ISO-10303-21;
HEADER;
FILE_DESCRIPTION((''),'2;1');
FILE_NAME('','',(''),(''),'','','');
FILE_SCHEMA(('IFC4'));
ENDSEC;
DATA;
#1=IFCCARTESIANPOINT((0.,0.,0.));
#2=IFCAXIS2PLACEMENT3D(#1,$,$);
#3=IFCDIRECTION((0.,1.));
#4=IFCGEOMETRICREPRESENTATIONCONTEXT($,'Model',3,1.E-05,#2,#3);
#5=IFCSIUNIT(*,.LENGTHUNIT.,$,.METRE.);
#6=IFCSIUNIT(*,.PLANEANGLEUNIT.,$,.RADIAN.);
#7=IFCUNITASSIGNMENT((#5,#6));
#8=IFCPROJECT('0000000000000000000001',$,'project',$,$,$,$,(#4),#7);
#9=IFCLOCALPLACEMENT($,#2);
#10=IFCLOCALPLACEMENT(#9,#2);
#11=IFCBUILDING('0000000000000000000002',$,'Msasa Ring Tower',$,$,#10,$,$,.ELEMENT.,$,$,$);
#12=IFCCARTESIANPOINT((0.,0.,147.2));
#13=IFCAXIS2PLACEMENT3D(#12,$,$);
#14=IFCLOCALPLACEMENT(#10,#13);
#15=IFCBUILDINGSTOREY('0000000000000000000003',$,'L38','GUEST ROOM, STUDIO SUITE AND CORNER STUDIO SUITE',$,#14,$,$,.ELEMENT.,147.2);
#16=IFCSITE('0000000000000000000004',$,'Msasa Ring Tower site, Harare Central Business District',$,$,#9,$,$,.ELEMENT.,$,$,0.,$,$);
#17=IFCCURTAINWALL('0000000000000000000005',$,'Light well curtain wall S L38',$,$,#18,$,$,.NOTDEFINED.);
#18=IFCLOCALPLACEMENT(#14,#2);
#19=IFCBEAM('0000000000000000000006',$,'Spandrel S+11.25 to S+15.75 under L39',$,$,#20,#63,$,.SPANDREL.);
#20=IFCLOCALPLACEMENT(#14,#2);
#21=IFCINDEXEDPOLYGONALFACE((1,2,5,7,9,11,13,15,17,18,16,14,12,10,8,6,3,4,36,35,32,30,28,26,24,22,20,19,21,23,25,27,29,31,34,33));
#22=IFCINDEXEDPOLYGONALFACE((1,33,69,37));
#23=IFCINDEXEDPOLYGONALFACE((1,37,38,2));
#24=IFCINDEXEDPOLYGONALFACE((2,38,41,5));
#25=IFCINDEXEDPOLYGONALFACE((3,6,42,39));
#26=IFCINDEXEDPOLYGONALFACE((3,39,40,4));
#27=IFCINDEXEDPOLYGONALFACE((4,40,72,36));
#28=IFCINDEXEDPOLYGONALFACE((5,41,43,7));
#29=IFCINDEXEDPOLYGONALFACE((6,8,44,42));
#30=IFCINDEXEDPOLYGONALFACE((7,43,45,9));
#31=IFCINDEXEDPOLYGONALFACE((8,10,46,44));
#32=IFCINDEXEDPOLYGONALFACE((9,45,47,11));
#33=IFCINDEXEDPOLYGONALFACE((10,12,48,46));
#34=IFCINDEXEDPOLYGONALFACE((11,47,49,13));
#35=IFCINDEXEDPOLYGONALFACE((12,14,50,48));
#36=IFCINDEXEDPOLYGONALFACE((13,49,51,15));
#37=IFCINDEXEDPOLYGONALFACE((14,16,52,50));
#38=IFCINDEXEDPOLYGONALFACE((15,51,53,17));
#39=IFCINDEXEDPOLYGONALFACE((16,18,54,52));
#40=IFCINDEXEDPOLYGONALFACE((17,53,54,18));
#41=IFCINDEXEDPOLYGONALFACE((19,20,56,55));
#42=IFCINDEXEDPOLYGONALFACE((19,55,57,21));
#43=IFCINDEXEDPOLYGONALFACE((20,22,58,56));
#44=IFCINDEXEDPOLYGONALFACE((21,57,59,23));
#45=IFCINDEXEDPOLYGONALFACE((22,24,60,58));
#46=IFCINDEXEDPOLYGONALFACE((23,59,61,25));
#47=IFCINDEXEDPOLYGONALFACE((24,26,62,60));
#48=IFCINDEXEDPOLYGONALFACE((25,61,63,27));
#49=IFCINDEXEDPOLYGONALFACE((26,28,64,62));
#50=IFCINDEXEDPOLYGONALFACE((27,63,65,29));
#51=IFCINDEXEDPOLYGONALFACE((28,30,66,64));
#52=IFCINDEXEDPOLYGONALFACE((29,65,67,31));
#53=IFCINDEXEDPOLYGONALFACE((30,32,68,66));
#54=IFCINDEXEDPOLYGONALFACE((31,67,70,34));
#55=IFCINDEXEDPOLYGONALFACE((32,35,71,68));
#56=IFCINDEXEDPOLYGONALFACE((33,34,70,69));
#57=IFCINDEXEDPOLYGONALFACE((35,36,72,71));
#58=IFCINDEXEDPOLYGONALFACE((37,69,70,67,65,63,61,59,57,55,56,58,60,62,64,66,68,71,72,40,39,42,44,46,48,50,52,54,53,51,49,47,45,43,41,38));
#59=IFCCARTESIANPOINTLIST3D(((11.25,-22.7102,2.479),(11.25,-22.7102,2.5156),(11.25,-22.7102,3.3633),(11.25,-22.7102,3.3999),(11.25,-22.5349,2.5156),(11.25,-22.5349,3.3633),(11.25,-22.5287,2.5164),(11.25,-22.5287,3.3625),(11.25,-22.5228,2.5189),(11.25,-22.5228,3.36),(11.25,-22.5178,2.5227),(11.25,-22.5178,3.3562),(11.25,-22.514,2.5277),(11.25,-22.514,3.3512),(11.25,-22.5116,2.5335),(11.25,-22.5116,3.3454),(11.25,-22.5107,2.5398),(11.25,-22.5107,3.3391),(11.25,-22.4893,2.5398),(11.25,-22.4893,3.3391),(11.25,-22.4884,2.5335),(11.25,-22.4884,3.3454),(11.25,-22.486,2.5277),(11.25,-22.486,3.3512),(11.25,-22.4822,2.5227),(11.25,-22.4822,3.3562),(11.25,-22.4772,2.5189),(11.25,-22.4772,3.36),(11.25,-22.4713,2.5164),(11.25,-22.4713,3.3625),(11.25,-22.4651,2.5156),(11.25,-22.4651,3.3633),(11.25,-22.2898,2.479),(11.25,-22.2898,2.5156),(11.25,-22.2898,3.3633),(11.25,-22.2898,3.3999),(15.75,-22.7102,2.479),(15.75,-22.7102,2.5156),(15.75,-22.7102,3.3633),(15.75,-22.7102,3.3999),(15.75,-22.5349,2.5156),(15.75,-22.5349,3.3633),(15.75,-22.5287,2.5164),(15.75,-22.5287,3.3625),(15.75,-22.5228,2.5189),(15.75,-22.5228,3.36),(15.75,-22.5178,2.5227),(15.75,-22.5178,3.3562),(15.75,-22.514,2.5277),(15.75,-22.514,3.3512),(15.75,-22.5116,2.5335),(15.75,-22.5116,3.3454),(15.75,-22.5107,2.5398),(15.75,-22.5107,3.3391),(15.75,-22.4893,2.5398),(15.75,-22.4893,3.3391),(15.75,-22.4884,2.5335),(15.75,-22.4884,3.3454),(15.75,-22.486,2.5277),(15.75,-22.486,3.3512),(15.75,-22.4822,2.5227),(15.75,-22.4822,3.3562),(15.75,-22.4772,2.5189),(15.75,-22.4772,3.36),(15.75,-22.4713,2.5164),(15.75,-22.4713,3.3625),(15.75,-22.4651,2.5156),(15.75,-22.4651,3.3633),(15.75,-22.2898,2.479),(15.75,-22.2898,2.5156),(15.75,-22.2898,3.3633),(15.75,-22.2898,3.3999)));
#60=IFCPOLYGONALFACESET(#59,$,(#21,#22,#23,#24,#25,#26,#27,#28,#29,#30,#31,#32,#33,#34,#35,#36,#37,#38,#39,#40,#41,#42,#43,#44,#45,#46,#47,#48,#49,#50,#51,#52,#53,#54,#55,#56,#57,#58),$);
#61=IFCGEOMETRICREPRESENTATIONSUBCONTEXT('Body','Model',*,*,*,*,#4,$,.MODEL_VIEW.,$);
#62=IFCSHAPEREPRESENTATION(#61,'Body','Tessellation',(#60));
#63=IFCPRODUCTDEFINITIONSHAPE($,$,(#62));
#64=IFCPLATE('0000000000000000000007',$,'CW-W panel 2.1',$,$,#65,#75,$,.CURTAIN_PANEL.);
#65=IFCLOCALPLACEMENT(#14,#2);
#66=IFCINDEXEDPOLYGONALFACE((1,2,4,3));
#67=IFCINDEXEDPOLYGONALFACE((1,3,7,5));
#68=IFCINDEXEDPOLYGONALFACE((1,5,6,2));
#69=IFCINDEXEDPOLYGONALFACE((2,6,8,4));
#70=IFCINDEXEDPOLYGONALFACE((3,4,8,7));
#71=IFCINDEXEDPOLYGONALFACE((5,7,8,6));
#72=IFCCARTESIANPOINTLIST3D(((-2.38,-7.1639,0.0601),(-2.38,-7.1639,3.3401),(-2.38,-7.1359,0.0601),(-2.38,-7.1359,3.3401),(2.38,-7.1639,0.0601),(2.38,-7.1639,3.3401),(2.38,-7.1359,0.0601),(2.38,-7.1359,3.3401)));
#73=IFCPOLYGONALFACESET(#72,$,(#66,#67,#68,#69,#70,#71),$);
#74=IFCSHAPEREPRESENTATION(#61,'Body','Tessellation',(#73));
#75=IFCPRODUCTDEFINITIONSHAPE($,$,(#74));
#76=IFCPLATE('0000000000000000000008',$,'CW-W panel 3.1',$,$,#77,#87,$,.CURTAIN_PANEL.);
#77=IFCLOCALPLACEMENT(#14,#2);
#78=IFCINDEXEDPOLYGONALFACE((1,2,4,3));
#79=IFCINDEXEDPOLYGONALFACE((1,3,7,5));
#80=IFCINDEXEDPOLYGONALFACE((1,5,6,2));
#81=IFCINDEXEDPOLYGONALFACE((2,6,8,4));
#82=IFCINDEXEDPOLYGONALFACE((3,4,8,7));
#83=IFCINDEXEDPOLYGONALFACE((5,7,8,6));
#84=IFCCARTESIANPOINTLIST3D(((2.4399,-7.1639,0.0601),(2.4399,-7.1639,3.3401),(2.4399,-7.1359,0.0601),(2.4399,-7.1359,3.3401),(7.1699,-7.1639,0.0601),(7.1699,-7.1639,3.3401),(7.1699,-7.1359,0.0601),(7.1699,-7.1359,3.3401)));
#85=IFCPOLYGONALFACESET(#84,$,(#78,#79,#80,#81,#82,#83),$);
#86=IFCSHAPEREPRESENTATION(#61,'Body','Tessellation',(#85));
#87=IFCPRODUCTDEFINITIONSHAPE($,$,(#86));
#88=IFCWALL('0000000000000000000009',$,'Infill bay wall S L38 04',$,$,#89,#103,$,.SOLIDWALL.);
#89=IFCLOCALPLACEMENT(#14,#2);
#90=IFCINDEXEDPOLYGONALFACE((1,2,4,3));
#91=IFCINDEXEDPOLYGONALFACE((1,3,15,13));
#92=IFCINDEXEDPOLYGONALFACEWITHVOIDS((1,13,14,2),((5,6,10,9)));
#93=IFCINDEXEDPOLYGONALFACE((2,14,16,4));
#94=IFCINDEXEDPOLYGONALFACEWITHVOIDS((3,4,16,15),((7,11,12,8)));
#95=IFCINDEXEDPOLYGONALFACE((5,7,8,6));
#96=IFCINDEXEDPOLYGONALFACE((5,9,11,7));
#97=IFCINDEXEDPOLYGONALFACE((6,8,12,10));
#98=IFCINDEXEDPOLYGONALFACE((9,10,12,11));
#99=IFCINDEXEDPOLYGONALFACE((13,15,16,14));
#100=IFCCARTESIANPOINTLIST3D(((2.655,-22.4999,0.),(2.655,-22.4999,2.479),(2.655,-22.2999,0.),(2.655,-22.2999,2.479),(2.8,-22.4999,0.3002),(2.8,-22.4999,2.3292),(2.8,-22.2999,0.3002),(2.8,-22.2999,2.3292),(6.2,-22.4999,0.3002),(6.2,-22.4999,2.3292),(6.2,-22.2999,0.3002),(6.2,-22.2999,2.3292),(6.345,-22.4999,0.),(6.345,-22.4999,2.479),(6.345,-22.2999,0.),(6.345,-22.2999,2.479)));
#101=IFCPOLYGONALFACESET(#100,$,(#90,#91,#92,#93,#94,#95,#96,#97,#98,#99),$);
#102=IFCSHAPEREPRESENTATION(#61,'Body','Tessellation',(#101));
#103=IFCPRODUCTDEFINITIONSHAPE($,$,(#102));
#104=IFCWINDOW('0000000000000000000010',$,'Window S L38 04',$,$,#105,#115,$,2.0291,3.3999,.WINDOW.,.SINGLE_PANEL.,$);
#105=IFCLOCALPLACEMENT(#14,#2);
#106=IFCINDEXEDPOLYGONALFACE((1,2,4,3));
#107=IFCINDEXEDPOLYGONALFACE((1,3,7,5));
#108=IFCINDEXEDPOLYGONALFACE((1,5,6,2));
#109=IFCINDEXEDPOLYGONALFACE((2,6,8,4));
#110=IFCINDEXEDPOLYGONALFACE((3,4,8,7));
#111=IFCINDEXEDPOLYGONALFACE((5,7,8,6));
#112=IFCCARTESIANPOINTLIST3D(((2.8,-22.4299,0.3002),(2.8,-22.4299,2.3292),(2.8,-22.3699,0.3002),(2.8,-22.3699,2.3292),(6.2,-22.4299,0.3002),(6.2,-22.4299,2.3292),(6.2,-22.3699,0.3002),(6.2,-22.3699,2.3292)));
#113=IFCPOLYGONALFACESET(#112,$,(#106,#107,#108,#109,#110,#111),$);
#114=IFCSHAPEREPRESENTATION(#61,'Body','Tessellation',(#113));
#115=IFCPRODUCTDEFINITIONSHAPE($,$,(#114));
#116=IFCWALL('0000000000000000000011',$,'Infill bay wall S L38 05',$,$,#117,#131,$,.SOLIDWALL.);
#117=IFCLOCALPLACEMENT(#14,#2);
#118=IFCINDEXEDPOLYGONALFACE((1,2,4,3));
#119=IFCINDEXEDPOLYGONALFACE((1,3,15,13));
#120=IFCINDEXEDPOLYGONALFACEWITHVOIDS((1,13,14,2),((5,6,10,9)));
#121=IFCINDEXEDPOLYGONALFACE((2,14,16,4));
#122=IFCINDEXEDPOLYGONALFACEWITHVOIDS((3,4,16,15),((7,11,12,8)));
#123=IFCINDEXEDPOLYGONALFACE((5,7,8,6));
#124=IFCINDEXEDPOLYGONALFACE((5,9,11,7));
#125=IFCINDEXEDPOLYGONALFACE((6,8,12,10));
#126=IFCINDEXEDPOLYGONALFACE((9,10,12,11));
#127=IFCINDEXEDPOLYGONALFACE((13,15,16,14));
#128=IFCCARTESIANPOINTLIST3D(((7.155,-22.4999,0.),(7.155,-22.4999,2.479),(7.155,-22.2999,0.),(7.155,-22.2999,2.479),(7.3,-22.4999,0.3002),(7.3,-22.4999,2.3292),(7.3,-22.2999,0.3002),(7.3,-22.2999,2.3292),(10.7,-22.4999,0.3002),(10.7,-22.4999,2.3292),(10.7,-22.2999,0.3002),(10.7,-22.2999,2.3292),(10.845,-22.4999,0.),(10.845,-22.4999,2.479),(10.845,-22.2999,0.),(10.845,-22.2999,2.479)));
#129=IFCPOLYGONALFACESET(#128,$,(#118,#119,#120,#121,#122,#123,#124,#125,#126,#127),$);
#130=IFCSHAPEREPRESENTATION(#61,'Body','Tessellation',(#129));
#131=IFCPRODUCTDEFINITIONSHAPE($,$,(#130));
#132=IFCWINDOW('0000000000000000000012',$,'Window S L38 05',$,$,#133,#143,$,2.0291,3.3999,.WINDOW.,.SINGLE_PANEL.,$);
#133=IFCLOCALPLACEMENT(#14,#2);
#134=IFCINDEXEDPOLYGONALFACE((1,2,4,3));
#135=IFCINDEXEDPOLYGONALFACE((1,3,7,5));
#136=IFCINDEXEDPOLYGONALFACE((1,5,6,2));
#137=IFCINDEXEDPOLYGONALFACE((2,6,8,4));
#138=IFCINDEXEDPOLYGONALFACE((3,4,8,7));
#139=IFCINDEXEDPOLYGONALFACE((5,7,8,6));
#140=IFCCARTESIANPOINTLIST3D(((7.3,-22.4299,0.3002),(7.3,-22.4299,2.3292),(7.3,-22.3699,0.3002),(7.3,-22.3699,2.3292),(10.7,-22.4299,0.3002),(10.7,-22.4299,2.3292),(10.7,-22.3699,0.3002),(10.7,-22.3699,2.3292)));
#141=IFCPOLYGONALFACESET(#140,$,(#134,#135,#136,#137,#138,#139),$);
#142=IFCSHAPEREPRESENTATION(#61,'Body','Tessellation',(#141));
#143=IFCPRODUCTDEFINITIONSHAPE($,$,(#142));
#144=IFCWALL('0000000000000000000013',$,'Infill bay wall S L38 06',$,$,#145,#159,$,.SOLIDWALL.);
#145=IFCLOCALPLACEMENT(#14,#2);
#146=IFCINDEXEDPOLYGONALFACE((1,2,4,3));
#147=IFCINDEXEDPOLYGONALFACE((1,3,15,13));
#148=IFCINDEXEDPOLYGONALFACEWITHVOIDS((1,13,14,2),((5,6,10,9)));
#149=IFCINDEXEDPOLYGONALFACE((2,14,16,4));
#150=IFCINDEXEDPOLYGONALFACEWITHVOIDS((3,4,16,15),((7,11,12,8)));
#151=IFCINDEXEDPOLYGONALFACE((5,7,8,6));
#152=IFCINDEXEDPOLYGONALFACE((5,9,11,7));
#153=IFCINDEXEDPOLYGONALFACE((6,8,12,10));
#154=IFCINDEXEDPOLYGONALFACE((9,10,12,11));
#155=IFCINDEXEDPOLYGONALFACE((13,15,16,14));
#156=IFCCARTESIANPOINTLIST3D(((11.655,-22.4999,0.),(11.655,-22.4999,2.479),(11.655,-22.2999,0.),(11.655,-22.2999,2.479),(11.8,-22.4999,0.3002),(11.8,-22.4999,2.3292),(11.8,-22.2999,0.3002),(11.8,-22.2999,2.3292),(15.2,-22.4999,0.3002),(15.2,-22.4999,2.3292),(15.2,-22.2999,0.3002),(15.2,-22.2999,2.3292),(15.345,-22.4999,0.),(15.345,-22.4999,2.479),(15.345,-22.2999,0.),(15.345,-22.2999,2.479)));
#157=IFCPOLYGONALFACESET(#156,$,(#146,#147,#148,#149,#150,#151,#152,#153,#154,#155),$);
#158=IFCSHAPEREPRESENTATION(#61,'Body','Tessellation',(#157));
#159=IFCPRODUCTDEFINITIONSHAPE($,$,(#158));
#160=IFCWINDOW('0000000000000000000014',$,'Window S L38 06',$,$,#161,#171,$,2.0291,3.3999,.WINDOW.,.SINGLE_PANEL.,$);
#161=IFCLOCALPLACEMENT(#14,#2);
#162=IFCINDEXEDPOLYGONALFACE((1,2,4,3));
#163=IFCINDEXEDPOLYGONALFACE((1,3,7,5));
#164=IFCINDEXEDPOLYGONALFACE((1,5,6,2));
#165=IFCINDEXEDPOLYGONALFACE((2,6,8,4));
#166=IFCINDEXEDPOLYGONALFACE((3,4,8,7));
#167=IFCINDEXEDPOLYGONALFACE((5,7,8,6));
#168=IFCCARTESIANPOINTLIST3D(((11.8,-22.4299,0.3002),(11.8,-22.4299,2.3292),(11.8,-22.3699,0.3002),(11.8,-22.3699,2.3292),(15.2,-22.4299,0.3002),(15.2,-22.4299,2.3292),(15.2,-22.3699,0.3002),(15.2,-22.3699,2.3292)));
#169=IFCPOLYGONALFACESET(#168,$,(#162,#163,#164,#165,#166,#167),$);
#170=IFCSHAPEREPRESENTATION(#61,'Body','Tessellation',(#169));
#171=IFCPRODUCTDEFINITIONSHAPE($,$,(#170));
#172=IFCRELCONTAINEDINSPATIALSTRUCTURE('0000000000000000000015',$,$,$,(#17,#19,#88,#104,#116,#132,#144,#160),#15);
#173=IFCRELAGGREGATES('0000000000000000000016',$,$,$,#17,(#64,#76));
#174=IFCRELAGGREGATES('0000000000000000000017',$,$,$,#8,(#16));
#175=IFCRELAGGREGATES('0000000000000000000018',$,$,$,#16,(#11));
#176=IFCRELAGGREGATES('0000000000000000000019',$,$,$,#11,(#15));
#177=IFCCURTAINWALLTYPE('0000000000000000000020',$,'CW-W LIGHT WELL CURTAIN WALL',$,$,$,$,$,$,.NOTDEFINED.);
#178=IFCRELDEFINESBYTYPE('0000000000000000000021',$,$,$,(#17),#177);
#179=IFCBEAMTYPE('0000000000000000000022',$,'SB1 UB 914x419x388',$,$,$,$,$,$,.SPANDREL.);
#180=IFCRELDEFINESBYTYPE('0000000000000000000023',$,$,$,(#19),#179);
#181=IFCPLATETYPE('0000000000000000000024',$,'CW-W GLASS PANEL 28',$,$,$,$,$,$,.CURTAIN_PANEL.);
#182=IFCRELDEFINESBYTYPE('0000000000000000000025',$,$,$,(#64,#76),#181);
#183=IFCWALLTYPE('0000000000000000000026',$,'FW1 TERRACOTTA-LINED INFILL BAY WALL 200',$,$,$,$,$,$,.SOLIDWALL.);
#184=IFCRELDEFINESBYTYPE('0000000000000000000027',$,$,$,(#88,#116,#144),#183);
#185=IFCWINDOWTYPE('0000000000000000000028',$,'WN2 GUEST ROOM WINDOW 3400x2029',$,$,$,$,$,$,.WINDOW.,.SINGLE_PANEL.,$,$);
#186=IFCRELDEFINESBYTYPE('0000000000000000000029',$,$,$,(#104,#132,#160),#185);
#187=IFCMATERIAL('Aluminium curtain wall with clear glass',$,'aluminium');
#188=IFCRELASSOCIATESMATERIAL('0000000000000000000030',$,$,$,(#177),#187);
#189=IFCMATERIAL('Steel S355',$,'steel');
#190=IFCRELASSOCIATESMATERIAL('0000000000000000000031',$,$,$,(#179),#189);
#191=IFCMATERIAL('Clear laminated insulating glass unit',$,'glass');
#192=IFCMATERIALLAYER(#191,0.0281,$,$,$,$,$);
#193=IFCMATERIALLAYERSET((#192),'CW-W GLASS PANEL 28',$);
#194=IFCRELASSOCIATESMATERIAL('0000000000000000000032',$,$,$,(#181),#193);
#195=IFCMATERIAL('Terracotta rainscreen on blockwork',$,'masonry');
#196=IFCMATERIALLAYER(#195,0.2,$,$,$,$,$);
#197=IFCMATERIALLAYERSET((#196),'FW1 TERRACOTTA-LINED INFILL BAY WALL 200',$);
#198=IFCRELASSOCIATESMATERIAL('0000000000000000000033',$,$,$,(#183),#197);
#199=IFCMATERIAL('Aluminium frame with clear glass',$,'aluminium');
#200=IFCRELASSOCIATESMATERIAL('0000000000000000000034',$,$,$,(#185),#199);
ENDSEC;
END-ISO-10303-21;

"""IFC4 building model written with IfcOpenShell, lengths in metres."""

from ifc_helpers import new_model, si_unit, direction, frame, frame_2d, origin, origin_2d, place, context, subcontext, project, spatial, rectangle, i_section, extrude, material, layer, layer_set, material_profile, profile_set, type_object, element, fill, aggregate, save


model = new_model("IFC4")

# Units and contexts
model_context = context("Model", 3, precision=1e-05, world=origin(), true_north=direction((0.0, 1.0)))
body_context = subcontext(model_context, "Body", "Model", "MODEL_VIEW")
ifc_project = project(units=[si_unit("LENGTHUNIT", "METRE"), si_unit("PLANEANGLEUNIT", "RADIAN")], contexts=[model_context])

# Site, building, storey
site_placement = place(None, origin())
site = spatial("IfcSite", under=ifc_project, at=site_placement, Name="Msasa Ring Tower site, Harare Central Business District", CompositionType="ELEMENT", RefElevation=0.0)
building_placement = place(site_placement, origin())
building = spatial("IfcBuilding", under=site, at=building_placement, Name="Msasa Ring Tower", CompositionType="ELEMENT")
storey_placement = place(building_placement, frame((0.0, 0.0, 147.2)))
storey = spatial("IfcBuildingStorey", under=building, at=storey_placement, Name="L38", Description="GUEST ROOM, STUDIO SUITE AND CORNER STUDIO SUITE", CompositionType="ELEMENT", Elevation=147.2)

# Curtain wall
ifc_material_1 = material(Name="Aluminium curtain wall with clear glass", Category="aluminium")
curtain_wall_type = type_object("IfcCurtainWallType", Name="CW-W LIGHT WELL CURTAIN WALL", PredefinedType="NOTDEFINED", material=ifc_material_1)
curtain_wall_1_placement = place(storey_placement, origin())
curtain_wall_1 = element("IfcCurtainWall", 1, at=curtain_wall_1_placement, inside=storey, type_object=curtain_wall_type, Name="Light well curtain wall S L38", PredefinedType="NOTDEFINED")

# Beam
ifc_material_2 = material(Name="Steel S355", Category="steel")
ifc_material_profile_1 = material_profile(ifc_material_2, i_section(OverallWidth=0.4204, OverallDepth=0.9209, WebThickness=0.0215, FlangeThickness=0.0366, FilletRadius=0.0242, at=origin_2d()), Name="UB 914x419x388")
ifc_profile_set_1 = profile_set([ifc_material_profile_1], Name="Steel S355")
beam_type_1 = type_object("IfcBeamType", Name="SB1 UB 914x419x388", PredefinedType="SPANDREL", material=ifc_profile_set_1)
for number, where, z_axis, x_axis, name in (
    (2, (11.25, -22.5, 2.9395), (1.0, 0.0, 0.0), (0.0, 1.0, 0.0), "Spandrel S+11.25 to S+15.75 under L39"),
):
    element("IfcBeam", number, at=place(storey_placement, frame(where, z_axis=z_axis, x_axis=x_axis)), inside=storey, type_object=beam_type_1, Name=name, PredefinedType="SPANDREL", context=body_context, shape_type="SweptSolid", body=[
        extrude(i_section(OverallWidth=0.4204, OverallDepth=0.9209, WebThickness=0.0215, FlangeThickness=0.0366, FilletRadius=0.0242, at=origin_2d()), origin(), (0.0, 0.0, 1.0), 4.5),
    ])

# Plates
ifc_material_3 = material(Name="Clear laminated insulating glass unit", Category="glass")
ifc_layer_1 = layer(ifc_material_3, 0.0281)
ifc_layer_set_1 = layer_set([ifc_layer_1], Name="CW-W GLASS PANEL 28")
plate_type = type_object("IfcPlateType", Name="CW-W GLASS PANEL 28", PredefinedType="CURTAIN_PANEL", material=ifc_layer_set_1)
plate_1_placement = place(storey_placement, frame((0.0, -7.1499, 0.0601), z_axis=(0.0, 0.0, 1.0), x_axis=(1.0, 0.0, 0.0)))
plate_1 = element("IfcPlate", 3, at=plate_1_placement, type_object=plate_type, Name="CW-W panel 2.1", PredefinedType="CURTAIN_PANEL", context=body_context, shape_type="SweptSolid", body=[
    extrude(rectangle(XDim=4.76, YDim=0.0281, at=origin_2d()), origin(), (0.0, 0.0, 1.0), 3.28),
])
plate_2_placement = place(storey_placement, frame((4.8049, -7.1499, 0.0601), z_axis=(0.0, 0.0, 1.0), x_axis=(1.0, 0.0, 0.0)))
plate_2 = element("IfcPlate", 4, at=plate_2_placement, type_object=plate_type, Name="CW-W panel 3.1", PredefinedType="CURTAIN_PANEL", context=body_context, shape_type="SweptSolid", body=[
    extrude(rectangle(XDim=4.73, YDim=0.0281, at=origin_2d()), origin(), (0.0, 0.0, 1.0), 3.28),
])
aggregate(curtain_wall_1, [plate_1, plate_2])

# Walls, openings, windows
ifc_material_4 = material(Name="Terracotta rainscreen on blockwork", Category="masonry")
ifc_layer_2 = layer(ifc_material_4, 0.2)
ifc_layer_set_2 = layer_set([ifc_layer_2], Name="FW1 TERRACOTTA-LINED INFILL BAY WALL 200")
wall_type_1 = type_object("IfcWallType", Name="FW1 TERRACOTTA-LINED INFILL BAY WALL 200", PredefinedType="SOLIDWALL", material=ifc_layer_set_2)
wall_1_placement = place(storey_placement, frame((2.655, -22.3999, 0.0), z_axis=(0.0, 0.0, 1.0), x_axis=(1.0, 0.0, 0.0)))
wall_1 = element("IfcWall", 5, at=wall_1_placement, inside=storey, type_object=wall_type_1, Name="Infill bay wall S L38 04", PredefinedType="SOLIDWALL", context=body_context, shape_type="SweptSolid", body=[
    extrude(rectangle(XDim=3.6899, YDim=0.2, at=frame_2d((1.845, 0.0))), origin(), (0.0, 0.0, 1.0), 2.479),
])
opening_1_placement = place(wall_1_placement, frame((0.145, 0.0, 0.3)))
opening_1 = element("IfcOpeningElement", 6, at=opening_1_placement, cuts=wall_1, PredefinedType="OPENING", context=body_context, shape_type="SweptSolid", body=[
    extrude(rectangle(XDim=3.3999, YDim=2.0291, at=frame_2d((1.7, 1.0146))), frame((0.0, 0.1099, 0.0), z_axis=(0.0, -1.0, 0.0), x_axis=(1.0, 0.0, 0.0)), (0.0, 0.0, 1.0), 0.22),
])
ifc_material_5 = material(Name="Aluminium frame with clear glass", Category="aluminium")
window_type = type_object("IfcWindowType", Name="WN2 GUEST ROOM WINDOW 3400x2029", PartitioningType="SINGLE_PANEL", PredefinedType="WINDOW", material=ifc_material_5)
window_1_placement = place(opening_1_placement, origin())
window_1 = element("IfcWindow", 7, at=window_1_placement, inside=storey, type_object=window_type, Name="Window S L38 04", OverallHeight=2.0291, OverallWidth=3.3999, PartitioningType="SINGLE_PANEL", PredefinedType="WINDOW", context=body_context, shape_type="SweptSolid", body=[
    extrude(rectangle(XDim=3.3999, YDim=2.0291, at=frame_2d((1.7, 1.0146))), frame((0.0, 0.03, 0.0), z_axis=(0.0, -1.0, 0.0), x_axis=(1.0, 0.0, 0.0)), (0.0, 0.0, 1.0), 0.0601),
])
fill(opening_1, window_1)
wall_2_placement = place(storey_placement, frame((7.155, -22.3999, 0.0), z_axis=(0.0, 0.0, 1.0), x_axis=(1.0, 0.0, 0.0)))
wall_2 = element("IfcWall", 8, at=wall_2_placement, inside=storey, type_object=wall_type_1, Name="Infill bay wall S L38 05", PredefinedType="SOLIDWALL", context=body_context, shape_type="SweptSolid", body=[
    extrude(rectangle(XDim=3.6899, YDim=0.2, at=frame_2d((1.845, 0.0))), origin(), (0.0, 0.0, 1.0), 2.479),
])
opening_2_placement = place(wall_2_placement, frame((0.145, 0.0, 0.3)))
opening_2 = element("IfcOpeningElement", 9, at=opening_2_placement, cuts=wall_2, PredefinedType="OPENING", context=body_context, shape_type="SweptSolid", body=[
    extrude(rectangle(XDim=3.3999, YDim=2.0291, at=frame_2d((1.7, 1.0146))), frame((0.0, 0.1099, 0.0), z_axis=(0.0, -1.0, 0.0), x_axis=(1.0, 0.0, 0.0)), (0.0, 0.0, 1.0), 0.22),
])
window_2_placement = place(opening_2_placement, origin())
window_2 = element("IfcWindow", 10, at=window_2_placement, inside=storey, type_object=window_type, Name="Window S L38 05", OverallHeight=2.0291, OverallWidth=3.3999, PartitioningType="SINGLE_PANEL", PredefinedType="WINDOW", context=body_context, shape_type="SweptSolid", body=[
    extrude(rectangle(XDim=3.3999, YDim=2.0291, at=frame_2d((1.7, 1.0146))), frame((0.0, 0.03, 0.0), z_axis=(0.0, -1.0, 0.0), x_axis=(1.0, 0.0, 0.0)), (0.0, 0.0, 1.0), 0.0601),
])
fill(opening_2, window_2)
wall_3_placement = place(storey_placement, frame((11.655, -22.3999, 0.0), z_axis=(0.0, 0.0, 1.0), x_axis=(1.0, 0.0, 0.0)))
wall_3 = element("IfcWall", 11, at=wall_3_placement, inside=storey, type_object=wall_type_1, Name="Infill bay wall S L38 06", PredefinedType="SOLIDWALL", context=body_context, shape_type="SweptSolid", body=[
    extrude(rectangle(XDim=3.6899, YDim=0.2, at=frame_2d((1.845, 0.0))), origin(), (0.0, 0.0, 1.0), 2.479),
])
opening_3_placement = place(wall_3_placement, frame((0.145, 0.0, 0.3)))
opening_3 = element("IfcOpeningElement", 12, at=opening_3_placement, cuts=wall_3, PredefinedType="OPENING", context=body_context, shape_type="SweptSolid", body=[
    extrude(rectangle(XDim=3.3999, YDim=2.0291, at=frame_2d((1.7, 1.0146))), frame((0.0, 0.1099, 0.0), z_axis=(0.0, -1.0, 0.0), x_axis=(1.0, 0.0, 0.0)), (0.0, 0.0, 1.0), 0.22),
])
window_3_placement = place(opening_3_placement, origin())
window_3 = element("IfcWindow", 13, at=window_3_placement, inside=storey, type_object=window_type, Name="Window S L38 06", OverallHeight=2.0291, OverallWidth=3.3999, PartitioningType="SINGLE_PANEL", PredefinedType="WINDOW", context=body_context, shape_type="SweptSolid", body=[
    extrude(rectangle(XDim=3.3999, YDim=2.0291, at=frame_2d((1.7, 1.0146))), frame((0.0, 0.03, 0.0), z_axis=(0.0, -1.0, 0.0), x_axis=(1.0, 0.0, 0.0)), (0.0, 0.0, 1.0), 0.0601),
])
fill(opening_3, window_3)

save(model, "model.ifc")
